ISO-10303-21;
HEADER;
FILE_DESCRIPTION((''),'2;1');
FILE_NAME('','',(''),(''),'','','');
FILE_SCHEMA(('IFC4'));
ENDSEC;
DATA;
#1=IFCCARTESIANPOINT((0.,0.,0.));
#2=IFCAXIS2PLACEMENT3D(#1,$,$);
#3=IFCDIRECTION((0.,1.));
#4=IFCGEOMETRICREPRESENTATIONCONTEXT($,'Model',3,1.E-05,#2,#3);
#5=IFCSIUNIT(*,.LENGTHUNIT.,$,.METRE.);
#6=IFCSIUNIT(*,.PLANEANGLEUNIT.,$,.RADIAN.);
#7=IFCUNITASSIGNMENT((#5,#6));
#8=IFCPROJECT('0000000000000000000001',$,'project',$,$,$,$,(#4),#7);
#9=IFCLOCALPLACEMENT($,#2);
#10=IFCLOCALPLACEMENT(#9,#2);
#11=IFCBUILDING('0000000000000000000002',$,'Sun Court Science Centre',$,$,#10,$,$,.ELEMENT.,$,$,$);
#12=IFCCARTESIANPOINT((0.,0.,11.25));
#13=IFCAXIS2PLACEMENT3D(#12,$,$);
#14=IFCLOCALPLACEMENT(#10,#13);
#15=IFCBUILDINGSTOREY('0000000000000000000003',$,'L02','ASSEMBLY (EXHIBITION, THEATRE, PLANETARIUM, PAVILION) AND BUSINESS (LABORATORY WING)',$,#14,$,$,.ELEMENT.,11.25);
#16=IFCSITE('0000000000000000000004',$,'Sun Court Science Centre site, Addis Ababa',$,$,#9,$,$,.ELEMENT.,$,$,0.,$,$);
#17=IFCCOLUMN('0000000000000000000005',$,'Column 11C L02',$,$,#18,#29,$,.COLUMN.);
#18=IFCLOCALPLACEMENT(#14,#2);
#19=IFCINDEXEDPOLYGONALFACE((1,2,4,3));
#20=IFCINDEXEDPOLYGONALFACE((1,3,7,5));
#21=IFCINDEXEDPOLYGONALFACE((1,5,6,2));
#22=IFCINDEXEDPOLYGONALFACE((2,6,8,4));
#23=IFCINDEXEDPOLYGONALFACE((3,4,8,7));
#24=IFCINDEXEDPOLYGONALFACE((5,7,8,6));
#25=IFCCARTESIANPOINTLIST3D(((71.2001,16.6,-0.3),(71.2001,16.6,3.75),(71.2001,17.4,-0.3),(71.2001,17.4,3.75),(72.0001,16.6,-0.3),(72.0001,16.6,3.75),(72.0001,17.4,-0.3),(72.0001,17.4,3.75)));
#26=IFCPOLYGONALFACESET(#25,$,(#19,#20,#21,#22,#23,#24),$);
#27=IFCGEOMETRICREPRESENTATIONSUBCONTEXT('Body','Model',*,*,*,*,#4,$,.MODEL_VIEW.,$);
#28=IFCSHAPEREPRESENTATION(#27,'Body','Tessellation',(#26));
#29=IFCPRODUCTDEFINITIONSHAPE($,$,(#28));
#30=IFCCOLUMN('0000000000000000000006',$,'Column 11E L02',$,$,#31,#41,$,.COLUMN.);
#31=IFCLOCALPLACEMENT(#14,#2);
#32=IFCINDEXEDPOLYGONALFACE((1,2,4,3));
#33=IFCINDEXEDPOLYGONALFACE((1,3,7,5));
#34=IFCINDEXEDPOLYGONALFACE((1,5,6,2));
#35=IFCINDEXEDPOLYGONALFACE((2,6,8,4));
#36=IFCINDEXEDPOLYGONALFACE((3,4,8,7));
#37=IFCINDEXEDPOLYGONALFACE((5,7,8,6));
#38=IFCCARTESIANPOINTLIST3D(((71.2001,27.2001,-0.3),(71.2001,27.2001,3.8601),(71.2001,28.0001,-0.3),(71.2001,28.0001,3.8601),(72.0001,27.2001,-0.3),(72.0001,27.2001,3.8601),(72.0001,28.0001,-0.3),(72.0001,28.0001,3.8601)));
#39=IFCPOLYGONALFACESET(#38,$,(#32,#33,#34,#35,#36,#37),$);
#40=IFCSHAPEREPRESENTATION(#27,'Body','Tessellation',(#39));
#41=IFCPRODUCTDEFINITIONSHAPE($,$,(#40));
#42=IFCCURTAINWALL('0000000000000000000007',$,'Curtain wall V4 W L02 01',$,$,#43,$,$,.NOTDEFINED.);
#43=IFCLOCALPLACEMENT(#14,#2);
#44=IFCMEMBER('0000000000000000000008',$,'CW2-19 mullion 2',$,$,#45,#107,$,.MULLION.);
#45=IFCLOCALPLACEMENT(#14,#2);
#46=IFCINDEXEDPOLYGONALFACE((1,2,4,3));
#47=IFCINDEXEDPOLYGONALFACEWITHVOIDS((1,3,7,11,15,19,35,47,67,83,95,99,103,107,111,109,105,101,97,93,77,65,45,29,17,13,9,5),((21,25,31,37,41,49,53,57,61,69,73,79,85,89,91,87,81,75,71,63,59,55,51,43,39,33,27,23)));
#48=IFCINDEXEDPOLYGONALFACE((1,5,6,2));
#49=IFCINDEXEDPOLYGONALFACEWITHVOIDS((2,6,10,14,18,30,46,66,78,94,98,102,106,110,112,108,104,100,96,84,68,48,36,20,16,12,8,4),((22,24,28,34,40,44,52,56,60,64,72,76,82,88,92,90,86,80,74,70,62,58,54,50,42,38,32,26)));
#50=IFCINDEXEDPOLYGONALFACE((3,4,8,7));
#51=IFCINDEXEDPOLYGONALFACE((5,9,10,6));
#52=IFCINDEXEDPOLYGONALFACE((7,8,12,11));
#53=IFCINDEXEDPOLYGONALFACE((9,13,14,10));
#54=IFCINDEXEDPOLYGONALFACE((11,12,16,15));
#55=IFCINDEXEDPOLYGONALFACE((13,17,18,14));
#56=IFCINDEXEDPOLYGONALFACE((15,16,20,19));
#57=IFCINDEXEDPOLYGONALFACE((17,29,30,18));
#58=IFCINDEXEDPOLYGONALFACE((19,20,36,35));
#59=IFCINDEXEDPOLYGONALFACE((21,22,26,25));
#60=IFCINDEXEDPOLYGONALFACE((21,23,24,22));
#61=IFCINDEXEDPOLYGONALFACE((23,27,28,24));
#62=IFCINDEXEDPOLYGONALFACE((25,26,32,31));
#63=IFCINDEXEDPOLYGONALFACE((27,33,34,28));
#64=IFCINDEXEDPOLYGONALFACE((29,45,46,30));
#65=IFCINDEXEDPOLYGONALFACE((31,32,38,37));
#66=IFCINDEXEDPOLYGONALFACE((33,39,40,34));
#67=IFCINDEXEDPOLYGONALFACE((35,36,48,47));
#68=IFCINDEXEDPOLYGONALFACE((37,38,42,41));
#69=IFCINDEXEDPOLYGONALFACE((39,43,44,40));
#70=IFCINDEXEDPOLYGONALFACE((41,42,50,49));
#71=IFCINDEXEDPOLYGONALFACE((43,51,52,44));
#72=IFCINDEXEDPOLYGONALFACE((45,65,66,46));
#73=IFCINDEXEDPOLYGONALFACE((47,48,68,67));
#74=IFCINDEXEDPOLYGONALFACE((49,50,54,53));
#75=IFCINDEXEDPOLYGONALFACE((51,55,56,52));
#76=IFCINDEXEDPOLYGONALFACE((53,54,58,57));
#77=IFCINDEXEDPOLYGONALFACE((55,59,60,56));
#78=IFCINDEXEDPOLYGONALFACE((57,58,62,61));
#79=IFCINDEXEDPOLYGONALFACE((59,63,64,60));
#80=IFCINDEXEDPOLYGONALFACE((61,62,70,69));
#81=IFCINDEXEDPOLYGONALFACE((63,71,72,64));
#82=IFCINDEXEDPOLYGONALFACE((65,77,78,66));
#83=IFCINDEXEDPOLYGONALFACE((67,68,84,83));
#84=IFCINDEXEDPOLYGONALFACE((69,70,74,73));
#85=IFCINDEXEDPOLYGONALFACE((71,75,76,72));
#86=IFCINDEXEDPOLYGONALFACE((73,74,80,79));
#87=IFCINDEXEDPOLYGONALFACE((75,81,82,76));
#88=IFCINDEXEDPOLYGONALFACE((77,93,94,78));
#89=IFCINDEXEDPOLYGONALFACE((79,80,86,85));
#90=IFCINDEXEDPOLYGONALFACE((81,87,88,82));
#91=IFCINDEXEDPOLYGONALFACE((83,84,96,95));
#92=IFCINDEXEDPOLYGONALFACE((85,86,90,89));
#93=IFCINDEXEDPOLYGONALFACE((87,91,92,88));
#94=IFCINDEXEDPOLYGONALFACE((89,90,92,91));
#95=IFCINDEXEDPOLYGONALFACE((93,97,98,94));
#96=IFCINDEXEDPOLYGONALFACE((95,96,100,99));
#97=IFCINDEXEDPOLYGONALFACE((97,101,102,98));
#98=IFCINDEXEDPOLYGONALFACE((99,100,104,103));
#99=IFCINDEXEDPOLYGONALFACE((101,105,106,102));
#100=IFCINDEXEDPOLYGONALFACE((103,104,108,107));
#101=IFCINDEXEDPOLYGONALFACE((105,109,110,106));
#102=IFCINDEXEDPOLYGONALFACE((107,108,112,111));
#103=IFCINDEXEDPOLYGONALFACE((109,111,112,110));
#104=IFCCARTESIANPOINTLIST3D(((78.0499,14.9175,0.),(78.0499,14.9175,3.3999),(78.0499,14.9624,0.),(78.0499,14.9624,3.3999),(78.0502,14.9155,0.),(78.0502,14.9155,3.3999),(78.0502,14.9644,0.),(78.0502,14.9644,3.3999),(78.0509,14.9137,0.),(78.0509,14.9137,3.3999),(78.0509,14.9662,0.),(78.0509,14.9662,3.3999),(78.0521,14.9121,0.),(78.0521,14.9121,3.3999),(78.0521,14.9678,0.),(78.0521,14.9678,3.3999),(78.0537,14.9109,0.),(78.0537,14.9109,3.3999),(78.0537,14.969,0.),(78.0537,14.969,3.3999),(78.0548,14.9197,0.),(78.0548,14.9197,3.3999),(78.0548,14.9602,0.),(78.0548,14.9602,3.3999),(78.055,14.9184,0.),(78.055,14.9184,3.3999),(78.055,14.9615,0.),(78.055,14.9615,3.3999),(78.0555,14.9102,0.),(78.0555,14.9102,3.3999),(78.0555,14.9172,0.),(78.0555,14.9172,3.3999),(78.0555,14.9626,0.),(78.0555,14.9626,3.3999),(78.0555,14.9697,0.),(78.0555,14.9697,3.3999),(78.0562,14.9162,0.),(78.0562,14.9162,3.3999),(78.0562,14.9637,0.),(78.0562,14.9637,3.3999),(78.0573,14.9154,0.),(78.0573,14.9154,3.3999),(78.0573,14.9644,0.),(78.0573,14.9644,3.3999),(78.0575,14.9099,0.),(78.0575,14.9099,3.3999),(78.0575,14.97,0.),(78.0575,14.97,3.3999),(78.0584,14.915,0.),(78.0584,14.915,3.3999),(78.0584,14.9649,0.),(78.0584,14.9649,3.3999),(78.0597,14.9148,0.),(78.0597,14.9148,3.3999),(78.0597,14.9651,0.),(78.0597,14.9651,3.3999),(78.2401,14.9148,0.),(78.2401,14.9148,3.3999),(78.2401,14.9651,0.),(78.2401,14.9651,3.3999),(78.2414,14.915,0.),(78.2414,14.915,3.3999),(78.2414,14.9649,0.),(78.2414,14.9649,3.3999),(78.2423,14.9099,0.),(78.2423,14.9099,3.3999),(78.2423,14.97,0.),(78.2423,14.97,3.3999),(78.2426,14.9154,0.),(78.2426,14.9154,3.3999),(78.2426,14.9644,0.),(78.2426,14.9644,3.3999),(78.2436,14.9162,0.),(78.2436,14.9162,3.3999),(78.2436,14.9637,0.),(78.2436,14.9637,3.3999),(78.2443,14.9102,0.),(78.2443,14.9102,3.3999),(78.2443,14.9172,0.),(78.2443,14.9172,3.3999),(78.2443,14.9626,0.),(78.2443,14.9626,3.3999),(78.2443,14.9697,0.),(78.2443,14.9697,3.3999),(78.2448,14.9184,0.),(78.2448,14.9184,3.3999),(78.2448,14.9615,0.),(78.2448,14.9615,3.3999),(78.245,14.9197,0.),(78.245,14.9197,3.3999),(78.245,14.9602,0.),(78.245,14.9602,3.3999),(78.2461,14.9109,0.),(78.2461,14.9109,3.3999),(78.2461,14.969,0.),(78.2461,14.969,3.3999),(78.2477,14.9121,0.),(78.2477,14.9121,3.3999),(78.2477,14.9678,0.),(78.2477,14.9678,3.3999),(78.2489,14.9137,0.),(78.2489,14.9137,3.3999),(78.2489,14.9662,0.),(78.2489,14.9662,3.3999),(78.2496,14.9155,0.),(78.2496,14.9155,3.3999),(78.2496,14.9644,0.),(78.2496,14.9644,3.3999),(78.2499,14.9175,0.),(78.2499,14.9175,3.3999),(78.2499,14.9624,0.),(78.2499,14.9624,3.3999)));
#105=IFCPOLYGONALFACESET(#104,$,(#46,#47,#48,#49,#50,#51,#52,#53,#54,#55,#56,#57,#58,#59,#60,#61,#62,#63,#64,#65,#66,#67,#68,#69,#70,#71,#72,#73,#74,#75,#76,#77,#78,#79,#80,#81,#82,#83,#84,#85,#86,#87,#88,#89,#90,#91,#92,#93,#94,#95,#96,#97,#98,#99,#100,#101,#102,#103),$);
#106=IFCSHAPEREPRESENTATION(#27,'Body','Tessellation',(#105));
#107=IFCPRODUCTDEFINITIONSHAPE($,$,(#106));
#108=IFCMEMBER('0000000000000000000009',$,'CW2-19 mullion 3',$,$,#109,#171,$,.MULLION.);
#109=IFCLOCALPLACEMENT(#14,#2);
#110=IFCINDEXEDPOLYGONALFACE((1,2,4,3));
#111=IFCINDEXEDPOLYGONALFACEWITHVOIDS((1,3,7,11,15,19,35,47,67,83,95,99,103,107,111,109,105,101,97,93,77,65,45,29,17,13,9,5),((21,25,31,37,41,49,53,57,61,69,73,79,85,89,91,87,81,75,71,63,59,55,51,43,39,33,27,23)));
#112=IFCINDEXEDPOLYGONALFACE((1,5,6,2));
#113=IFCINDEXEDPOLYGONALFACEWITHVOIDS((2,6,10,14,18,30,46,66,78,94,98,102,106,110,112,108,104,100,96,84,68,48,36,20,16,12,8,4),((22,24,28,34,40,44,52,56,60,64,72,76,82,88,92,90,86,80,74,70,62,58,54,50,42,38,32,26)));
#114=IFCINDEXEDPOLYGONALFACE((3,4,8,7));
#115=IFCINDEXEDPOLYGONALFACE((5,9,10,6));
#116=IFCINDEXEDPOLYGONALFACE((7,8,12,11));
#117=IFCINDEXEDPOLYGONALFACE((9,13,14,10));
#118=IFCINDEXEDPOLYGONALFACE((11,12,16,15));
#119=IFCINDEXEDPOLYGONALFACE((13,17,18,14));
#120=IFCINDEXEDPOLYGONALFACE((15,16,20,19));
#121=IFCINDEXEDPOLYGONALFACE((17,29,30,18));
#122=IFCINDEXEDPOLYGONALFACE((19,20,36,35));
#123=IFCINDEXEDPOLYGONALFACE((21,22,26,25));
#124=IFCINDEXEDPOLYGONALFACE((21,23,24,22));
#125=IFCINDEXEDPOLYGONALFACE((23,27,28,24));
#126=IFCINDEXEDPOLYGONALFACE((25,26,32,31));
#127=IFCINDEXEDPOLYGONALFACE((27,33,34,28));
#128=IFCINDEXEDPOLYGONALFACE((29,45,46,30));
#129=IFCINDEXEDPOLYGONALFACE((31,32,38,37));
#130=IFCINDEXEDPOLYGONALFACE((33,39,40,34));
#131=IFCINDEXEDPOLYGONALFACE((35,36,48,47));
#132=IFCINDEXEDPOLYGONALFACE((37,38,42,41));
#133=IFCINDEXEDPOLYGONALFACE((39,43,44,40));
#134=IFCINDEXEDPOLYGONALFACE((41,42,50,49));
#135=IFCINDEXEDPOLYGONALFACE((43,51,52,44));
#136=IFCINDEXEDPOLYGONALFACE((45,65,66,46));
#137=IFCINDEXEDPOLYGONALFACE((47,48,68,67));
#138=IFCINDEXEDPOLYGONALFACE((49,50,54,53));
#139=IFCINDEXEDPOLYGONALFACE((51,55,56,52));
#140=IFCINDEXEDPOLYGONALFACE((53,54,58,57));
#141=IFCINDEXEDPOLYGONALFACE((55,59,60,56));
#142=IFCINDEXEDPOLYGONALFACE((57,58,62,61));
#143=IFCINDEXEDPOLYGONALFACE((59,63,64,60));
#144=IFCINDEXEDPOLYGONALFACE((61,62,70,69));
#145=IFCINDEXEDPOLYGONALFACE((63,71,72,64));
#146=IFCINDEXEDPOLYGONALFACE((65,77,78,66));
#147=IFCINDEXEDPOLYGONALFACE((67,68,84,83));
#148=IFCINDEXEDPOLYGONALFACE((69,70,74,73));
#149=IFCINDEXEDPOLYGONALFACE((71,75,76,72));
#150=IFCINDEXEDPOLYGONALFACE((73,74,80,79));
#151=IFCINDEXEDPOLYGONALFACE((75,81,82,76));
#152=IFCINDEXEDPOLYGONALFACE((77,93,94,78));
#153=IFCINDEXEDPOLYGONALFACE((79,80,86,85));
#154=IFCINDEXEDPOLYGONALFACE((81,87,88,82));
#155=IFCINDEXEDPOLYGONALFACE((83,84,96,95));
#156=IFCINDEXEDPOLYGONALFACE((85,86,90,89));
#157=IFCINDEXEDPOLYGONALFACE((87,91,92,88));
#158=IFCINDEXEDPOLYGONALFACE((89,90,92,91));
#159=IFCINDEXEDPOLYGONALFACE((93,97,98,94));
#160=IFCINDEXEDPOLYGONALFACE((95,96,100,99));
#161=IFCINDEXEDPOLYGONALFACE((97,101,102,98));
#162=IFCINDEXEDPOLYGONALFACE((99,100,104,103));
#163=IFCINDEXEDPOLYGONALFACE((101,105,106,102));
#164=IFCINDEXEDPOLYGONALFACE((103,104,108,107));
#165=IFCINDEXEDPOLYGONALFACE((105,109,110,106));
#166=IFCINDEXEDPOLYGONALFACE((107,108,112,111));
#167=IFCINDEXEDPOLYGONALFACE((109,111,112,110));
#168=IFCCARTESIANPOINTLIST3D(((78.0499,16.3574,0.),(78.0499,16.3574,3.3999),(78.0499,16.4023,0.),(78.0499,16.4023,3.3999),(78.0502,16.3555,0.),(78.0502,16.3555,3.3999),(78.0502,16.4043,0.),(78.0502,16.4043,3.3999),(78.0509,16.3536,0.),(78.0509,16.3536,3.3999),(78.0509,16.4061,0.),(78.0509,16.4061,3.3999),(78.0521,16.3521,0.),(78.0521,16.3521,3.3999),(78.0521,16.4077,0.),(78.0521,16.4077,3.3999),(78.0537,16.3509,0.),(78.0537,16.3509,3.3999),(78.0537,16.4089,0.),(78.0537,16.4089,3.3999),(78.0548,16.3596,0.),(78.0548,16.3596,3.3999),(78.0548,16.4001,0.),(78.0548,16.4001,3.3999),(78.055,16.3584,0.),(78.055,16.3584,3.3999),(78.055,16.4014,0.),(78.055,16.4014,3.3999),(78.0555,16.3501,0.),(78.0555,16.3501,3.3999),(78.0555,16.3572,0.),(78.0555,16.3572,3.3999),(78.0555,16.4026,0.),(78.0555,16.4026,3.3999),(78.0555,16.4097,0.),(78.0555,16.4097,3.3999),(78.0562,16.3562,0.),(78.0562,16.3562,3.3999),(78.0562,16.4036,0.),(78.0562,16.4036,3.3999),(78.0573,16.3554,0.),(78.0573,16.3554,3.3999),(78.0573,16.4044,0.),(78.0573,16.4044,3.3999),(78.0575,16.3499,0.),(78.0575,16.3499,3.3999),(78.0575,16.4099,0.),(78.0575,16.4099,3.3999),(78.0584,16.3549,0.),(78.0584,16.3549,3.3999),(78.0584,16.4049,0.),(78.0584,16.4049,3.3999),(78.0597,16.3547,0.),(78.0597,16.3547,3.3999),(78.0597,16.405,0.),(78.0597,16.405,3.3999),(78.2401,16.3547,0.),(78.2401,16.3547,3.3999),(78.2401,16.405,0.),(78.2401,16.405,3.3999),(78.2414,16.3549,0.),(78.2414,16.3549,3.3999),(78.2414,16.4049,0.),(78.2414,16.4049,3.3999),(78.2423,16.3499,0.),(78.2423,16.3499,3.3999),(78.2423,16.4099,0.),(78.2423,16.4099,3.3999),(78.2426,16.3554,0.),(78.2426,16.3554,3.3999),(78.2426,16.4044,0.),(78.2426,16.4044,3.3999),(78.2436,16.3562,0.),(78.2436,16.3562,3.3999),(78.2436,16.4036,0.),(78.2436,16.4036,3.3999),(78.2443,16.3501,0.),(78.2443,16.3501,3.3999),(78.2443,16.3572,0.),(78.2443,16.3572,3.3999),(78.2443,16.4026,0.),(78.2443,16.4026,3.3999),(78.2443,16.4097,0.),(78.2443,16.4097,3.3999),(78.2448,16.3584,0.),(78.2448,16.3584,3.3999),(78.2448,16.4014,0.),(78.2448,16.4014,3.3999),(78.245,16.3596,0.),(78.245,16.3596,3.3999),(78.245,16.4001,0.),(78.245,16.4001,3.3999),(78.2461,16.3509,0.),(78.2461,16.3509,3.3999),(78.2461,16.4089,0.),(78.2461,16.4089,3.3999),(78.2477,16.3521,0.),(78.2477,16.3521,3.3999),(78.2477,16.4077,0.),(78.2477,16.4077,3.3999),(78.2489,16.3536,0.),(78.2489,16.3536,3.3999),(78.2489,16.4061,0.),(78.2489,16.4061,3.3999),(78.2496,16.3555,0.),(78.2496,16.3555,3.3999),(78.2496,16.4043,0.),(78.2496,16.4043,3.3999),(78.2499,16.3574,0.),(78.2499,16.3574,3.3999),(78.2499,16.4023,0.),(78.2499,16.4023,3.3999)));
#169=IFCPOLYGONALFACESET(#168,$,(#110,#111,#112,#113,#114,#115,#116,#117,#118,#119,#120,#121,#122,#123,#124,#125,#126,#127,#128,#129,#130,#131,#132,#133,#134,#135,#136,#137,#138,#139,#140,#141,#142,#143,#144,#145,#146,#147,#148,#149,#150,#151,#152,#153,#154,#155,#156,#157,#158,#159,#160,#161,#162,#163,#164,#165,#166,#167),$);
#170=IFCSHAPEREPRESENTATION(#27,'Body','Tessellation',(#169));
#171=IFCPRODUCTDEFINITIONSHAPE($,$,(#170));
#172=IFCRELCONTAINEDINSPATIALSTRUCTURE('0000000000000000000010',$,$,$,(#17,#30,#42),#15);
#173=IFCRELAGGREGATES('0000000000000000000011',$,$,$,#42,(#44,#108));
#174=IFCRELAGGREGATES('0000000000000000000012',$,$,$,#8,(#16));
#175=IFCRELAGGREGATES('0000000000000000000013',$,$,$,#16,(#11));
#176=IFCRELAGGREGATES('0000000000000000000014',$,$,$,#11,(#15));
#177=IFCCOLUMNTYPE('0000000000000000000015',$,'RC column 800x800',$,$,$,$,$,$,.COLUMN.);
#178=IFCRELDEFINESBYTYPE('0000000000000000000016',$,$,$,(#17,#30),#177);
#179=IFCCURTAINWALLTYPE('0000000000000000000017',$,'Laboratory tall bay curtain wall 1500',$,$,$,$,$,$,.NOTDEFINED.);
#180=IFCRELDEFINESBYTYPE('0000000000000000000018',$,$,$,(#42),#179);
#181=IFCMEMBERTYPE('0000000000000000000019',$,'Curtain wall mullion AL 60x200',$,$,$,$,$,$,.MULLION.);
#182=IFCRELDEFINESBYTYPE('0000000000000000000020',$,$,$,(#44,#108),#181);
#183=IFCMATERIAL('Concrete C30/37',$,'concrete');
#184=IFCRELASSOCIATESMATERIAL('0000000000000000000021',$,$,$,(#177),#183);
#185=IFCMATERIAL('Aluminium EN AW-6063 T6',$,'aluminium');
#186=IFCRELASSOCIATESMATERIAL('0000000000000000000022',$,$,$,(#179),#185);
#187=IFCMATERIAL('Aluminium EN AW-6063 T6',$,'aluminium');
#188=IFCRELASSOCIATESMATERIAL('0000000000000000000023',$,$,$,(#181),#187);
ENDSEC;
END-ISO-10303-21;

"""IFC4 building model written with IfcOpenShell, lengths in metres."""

from ifc_helpers import new_model, si_unit, direction, frame, origin, origin_2d, place, context, subcontext, project, spatial, rectangle, hollow_rectangle, extrude, material, material_profile, profile_set, type_object, element, aggregate, save


model = new_model("IFC4")

# Units and contexts
model_context = context("Model", 3, precision=1e-05, world=origin(), true_north=direction((0.0, 1.0)))
body_context = subcontext(model_context, "Body", "Model", "MODEL_VIEW")
ifc_project = project(units=[si_unit("LENGTHUNIT", "METRE"), si_unit("PLANEANGLEUNIT", "RADIAN")], contexts=[model_context])

# Site, building, storey
site_placement = place(None, origin())
site = spatial("IfcSite", under=ifc_project, at=site_placement, Name="Sun Court Science Centre site, Addis Ababa", CompositionType="ELEMENT", RefElevation=0.0)
building_placement = place(site_placement, origin())
building = spatial("IfcBuilding", under=site, at=building_placement, Name="Sun Court Science Centre", CompositionType="ELEMENT")
storey_placement = place(building_placement, frame((0.0, 0.0, 11.25)))
storey = spatial("IfcBuildingStorey", under=building, at=storey_placement, Name="L02", Description="ASSEMBLY (EXHIBITION, THEATRE, PLANETARIUM, PAVILION) AND BUSINESS (LABORATORY WING)", CompositionType="ELEMENT", Elevation=11.25)

# Columns
ifc_material_1 = material(Name="Concrete C30/37", Category="concrete")
ifc_material_profile_1 = material_profile(ifc_material_1, rectangle(XDim=0.8, YDim=0.8, at=origin_2d()), Name="RC 800x800")
ifc_profile_set_1 = profile_set([ifc_material_profile_1], Name="Concrete C30/37")
column_type = type_object("IfcColumnType", Name="RC column 800x800", PredefinedType="COLUMN", material=ifc_profile_set_1)
column_1_placement = place(storey_placement, frame((71.6001, 17.0, -0.3), z_axis=(0.0, 0.0, 1.0), x_axis=(1.0, 0.0, 0.0)))
element("IfcColumn", 1, at=column_1_placement, inside=storey, type_object=column_type, Name="Column 11C L02", PredefinedType="COLUMN", context=body_context, shape_type="SweptSolid", body=[
    extrude(rectangle(XDim=0.8, YDim=0.8, at=origin_2d()), origin(), (0.0, 0.0, 1.0), 4.05),
])
column_2_placement = place(storey_placement, frame((71.6001, 27.6001, -0.3), z_axis=(0.0, 0.0, 1.0), x_axis=(1.0, 0.0, 0.0)))
element("IfcColumn", 2, at=column_2_placement, inside=storey, type_object=column_type, Name="Column 11E L02", PredefinedType="COLUMN", context=body_context, shape_type="SweptSolid", body=[
    extrude(rectangle(XDim=0.8, YDim=0.8, at=origin_2d()), origin(), (0.0, 0.0, 1.0), 4.1602),
])

# Curtain wall, members
ifc_material_2 = material(Name="Aluminium EN AW-6063 T6", Category="aluminium")
curtain_wall_type = type_object("IfcCurtainWallType", Name="Laboratory tall bay curtain wall 1500", PredefinedType="NOTDEFINED", material=ifc_material_2)
curtain_wall_placement = place(storey_placement, origin())
curtain_wall = element("IfcCurtainWall", 3, at=curtain_wall_placement, inside=storey, type_object=curtain_wall_type, Name="Curtain wall V4 W L02 01", PredefinedType="NOTDEFINED")
ifc_material_3 = material(Name="Aluminium EN AW-6063 T6", Category="aluminium")
ifc_material_profile_2 = material_profile(ifc_material_3, hollow_rectangle(XDim=0.0601, YDim=0.2, WallThickness=0.0049, InnerFilletRadius=0.0049, OuterFilletRadius=0.0076, at=origin_2d()), Name="AL 60x200x5")
ifc_profile_set_2 = profile_set([ifc_material_profile_2], Name="Aluminium EN AW-6063 T6")
member_type_1 = type_object("IfcMemberType", Name="Curtain wall mullion AL 60x200", PredefinedType="MULLION", material=ifc_profile_set_2)
member_1_placement = place(storey_placement, frame((78.1499, 14.9399, 0.0), z_axis=(0.0, 0.0, 1.0), x_axis=(0.0, 1.0, 0.0)))
member_1 = element("IfcMember", 4, at=member_1_placement, type_object=member_type_1, Name="CW2-19 mullion 2", PredefinedType="MULLION", context=body_context, shape_type="SweptSolid", body=[
    extrude(hollow_rectangle(XDim=0.0601, YDim=0.2, WallThickness=0.0049, InnerFilletRadius=0.0049, OuterFilletRadius=0.0076, at=origin_2d()), origin(), (0.0, 0.0, 1.0), 3.3999),
])
member_2_placement = place(storey_placement, frame((78.1499, 16.3799, 0.0), z_axis=(0.0, 0.0, 1.0), x_axis=(0.0, 1.0, 0.0)))
member_2 = element("IfcMember", 5, at=member_2_placement, type_object=member_type_1, Name="CW2-19 mullion 3", PredefinedType="MULLION", context=body_context, shape_type="SweptSolid", body=[
    extrude(hollow_rectangle(XDim=0.0601, YDim=0.2, WallThickness=0.0049, InnerFilletRadius=0.0049, OuterFilletRadius=0.0076, at=origin_2d()), origin(), (0.0, 0.0, 1.0), 3.3999),
])

aggregate(curtain_wall, [member_1, member_2])

save(model, "model.ifc")
